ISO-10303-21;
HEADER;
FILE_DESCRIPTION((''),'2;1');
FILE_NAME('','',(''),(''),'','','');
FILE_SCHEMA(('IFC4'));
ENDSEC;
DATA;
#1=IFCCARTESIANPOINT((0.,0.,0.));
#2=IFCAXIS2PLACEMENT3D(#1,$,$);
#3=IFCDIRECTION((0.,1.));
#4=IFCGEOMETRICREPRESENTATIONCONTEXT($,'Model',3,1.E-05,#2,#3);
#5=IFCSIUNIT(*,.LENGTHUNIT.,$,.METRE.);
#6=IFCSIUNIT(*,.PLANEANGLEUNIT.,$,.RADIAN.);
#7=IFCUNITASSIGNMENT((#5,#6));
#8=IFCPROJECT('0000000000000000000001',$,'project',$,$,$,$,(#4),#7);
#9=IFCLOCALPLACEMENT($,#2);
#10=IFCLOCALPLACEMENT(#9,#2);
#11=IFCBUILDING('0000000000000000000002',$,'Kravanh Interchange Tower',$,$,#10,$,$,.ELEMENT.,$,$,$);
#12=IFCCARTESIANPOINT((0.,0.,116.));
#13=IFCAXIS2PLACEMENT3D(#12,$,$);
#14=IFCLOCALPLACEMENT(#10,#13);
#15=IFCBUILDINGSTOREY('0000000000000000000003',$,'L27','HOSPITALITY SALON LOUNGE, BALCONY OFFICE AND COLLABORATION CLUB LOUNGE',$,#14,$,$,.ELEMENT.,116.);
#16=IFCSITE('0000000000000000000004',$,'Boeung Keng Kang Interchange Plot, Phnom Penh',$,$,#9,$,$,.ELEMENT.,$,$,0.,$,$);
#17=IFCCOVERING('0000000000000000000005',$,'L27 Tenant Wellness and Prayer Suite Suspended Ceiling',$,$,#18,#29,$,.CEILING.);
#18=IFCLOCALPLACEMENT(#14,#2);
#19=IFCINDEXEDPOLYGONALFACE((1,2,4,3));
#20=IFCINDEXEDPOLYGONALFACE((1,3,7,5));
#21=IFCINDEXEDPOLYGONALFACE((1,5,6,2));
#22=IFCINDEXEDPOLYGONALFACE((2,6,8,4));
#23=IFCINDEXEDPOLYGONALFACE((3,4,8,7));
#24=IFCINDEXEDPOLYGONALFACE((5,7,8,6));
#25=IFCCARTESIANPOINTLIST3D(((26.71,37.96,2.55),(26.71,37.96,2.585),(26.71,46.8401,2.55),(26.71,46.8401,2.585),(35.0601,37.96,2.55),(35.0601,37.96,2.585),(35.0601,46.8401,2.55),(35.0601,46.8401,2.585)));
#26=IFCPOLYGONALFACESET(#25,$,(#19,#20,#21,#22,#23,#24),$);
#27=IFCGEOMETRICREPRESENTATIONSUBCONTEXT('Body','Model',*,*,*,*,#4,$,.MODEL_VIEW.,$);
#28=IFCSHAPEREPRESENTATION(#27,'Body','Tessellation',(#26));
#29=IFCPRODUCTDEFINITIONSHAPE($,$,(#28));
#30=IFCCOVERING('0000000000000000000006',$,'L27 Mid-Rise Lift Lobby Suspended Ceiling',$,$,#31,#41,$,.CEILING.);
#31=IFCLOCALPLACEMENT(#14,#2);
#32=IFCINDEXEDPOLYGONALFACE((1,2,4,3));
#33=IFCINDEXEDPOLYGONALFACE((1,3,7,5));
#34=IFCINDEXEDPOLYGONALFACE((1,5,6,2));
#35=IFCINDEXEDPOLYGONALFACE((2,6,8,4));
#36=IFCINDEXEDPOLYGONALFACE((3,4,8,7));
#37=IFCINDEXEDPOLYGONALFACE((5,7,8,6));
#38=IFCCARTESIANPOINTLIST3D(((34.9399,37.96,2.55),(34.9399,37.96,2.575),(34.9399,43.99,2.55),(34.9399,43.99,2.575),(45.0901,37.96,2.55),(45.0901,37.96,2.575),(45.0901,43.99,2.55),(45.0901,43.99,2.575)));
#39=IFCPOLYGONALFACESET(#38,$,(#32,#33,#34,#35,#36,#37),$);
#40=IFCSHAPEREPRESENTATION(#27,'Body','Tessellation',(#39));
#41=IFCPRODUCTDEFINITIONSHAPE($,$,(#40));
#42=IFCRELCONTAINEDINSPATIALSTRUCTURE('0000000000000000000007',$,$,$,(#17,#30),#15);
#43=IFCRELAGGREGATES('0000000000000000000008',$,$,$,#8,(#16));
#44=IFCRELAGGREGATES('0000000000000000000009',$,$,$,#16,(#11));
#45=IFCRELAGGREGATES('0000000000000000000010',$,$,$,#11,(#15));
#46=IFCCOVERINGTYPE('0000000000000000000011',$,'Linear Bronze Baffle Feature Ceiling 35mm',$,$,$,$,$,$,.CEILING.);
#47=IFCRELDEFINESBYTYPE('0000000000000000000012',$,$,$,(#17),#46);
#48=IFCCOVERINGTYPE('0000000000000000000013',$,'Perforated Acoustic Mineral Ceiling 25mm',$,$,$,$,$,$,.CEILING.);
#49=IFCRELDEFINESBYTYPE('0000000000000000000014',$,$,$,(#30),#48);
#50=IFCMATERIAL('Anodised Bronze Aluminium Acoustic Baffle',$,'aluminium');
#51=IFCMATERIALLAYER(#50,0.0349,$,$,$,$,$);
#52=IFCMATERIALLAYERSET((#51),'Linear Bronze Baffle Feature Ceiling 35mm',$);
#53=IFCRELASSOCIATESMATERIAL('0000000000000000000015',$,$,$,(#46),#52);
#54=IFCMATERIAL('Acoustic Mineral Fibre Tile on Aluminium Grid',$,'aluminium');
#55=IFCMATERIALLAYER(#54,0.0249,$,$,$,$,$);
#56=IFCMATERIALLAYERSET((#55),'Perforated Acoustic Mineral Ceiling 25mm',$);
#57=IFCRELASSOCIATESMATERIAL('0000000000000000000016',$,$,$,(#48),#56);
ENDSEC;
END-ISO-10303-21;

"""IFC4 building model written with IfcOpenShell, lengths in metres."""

from ifc_helpers import new_model, si_unit, direction, frame, origin, place, context, subcontext, project, spatial, polyline, outline, extrude, material, layer, layer_set, type_object, element, save


model = new_model("IFC4")

# Units and contexts
model_context = context("Model", 3, precision=1e-05, world=origin(), true_north=direction((0.0, 1.0)))
body_context = subcontext(model_context, "Body", "Model", "MODEL_VIEW")
ifc_project = project(units=[si_unit("LENGTHUNIT", "METRE"), si_unit("PLANEANGLEUNIT", "RADIAN")], contexts=[model_context])

# Site, building, storey
site_placement = place(None, origin())
site = spatial("IfcSite", under=ifc_project, at=site_placement, Name="Boeung Keng Kang Interchange Plot, Phnom Penh", CompositionType="ELEMENT", RefElevation=0.0)
building_placement = place(site_placement, origin())
building = spatial("IfcBuilding", under=site, at=building_placement, Name="Kravanh Interchange Tower", CompositionType="ELEMENT")
storey_placement = place(building_placement, frame((0.0, 0.0, 116.0)))
storey = spatial("IfcBuildingStorey", under=building, at=storey_placement, Name="L27", Description="HOSPITALITY SALON LOUNGE, BALCONY OFFICE AND COLLABORATION CLUB LOUNGE", CompositionType="ELEMENT", Elevation=116.0)

# Coverings
ifc_material_1 = material(Name="Anodised Bronze Aluminium Acoustic Baffle", Category="aluminium")
ifc_layer_1 = layer(ifc_material_1, 0.0349)
ifc_layer_set_1 = layer_set([ifc_layer_1], Name="Linear Bronze Baffle Feature Ceiling 35mm")
covering_type_1 = type_object("IfcCoveringType", Name="Linear Bronze Baffle Feature Ceiling 35mm", PredefinedType="CEILING", material=ifc_layer_set_1)
covering_1_placement = place(storey_placement, frame((0.0, 0.0, 2.55)))
element("IfcCovering", 1, at=covering_1_placement, inside=storey, type_object=covering_type_1, Name="L27 Tenant Wellness and Prayer Suite Suspended Ceiling", PredefinedType="CEILING", context=body_context, shape_type="SweptSolid", body=[
    extrude(outline(polyline([(35.0601, 37.96), (26.71, 37.96), (26.71, 46.8401), (35.0601, 46.8401), (35.0601, 37.96)])), origin(), (0.0, 0.0, 1.0), 0.0349),
])
ifc_material_2 = material(Name="Acoustic Mineral Fibre Tile on Aluminium Grid", Category="aluminium")
ifc_layer_2 = layer(ifc_material_2, 0.0249)
ifc_layer_set_2 = layer_set([ifc_layer_2], Name="Perforated Acoustic Mineral Ceiling 25mm")
covering_type_2 = type_object("IfcCoveringType", Name="Perforated Acoustic Mineral Ceiling 25mm", PredefinedType="CEILING", material=ifc_layer_set_2)
covering_2_placement = place(storey_placement, frame((0.0, 0.0, 2.55)))
element("IfcCovering", 2, at=covering_2_placement, inside=storey, type_object=covering_type_2, Name="L27 Mid-Rise Lift Lobby Suspended Ceiling", PredefinedType="CEILING", context=body_context, shape_type="SweptSolid", body=[
    extrude(outline(polyline([(45.0901, 37.96), (34.9399, 37.96), (34.9399, 43.99), (45.0901, 43.99), (45.0901, 37.96)])), origin(), (0.0, 0.0, 1.0), 0.0249),
])

save(model, "model.ifc")
